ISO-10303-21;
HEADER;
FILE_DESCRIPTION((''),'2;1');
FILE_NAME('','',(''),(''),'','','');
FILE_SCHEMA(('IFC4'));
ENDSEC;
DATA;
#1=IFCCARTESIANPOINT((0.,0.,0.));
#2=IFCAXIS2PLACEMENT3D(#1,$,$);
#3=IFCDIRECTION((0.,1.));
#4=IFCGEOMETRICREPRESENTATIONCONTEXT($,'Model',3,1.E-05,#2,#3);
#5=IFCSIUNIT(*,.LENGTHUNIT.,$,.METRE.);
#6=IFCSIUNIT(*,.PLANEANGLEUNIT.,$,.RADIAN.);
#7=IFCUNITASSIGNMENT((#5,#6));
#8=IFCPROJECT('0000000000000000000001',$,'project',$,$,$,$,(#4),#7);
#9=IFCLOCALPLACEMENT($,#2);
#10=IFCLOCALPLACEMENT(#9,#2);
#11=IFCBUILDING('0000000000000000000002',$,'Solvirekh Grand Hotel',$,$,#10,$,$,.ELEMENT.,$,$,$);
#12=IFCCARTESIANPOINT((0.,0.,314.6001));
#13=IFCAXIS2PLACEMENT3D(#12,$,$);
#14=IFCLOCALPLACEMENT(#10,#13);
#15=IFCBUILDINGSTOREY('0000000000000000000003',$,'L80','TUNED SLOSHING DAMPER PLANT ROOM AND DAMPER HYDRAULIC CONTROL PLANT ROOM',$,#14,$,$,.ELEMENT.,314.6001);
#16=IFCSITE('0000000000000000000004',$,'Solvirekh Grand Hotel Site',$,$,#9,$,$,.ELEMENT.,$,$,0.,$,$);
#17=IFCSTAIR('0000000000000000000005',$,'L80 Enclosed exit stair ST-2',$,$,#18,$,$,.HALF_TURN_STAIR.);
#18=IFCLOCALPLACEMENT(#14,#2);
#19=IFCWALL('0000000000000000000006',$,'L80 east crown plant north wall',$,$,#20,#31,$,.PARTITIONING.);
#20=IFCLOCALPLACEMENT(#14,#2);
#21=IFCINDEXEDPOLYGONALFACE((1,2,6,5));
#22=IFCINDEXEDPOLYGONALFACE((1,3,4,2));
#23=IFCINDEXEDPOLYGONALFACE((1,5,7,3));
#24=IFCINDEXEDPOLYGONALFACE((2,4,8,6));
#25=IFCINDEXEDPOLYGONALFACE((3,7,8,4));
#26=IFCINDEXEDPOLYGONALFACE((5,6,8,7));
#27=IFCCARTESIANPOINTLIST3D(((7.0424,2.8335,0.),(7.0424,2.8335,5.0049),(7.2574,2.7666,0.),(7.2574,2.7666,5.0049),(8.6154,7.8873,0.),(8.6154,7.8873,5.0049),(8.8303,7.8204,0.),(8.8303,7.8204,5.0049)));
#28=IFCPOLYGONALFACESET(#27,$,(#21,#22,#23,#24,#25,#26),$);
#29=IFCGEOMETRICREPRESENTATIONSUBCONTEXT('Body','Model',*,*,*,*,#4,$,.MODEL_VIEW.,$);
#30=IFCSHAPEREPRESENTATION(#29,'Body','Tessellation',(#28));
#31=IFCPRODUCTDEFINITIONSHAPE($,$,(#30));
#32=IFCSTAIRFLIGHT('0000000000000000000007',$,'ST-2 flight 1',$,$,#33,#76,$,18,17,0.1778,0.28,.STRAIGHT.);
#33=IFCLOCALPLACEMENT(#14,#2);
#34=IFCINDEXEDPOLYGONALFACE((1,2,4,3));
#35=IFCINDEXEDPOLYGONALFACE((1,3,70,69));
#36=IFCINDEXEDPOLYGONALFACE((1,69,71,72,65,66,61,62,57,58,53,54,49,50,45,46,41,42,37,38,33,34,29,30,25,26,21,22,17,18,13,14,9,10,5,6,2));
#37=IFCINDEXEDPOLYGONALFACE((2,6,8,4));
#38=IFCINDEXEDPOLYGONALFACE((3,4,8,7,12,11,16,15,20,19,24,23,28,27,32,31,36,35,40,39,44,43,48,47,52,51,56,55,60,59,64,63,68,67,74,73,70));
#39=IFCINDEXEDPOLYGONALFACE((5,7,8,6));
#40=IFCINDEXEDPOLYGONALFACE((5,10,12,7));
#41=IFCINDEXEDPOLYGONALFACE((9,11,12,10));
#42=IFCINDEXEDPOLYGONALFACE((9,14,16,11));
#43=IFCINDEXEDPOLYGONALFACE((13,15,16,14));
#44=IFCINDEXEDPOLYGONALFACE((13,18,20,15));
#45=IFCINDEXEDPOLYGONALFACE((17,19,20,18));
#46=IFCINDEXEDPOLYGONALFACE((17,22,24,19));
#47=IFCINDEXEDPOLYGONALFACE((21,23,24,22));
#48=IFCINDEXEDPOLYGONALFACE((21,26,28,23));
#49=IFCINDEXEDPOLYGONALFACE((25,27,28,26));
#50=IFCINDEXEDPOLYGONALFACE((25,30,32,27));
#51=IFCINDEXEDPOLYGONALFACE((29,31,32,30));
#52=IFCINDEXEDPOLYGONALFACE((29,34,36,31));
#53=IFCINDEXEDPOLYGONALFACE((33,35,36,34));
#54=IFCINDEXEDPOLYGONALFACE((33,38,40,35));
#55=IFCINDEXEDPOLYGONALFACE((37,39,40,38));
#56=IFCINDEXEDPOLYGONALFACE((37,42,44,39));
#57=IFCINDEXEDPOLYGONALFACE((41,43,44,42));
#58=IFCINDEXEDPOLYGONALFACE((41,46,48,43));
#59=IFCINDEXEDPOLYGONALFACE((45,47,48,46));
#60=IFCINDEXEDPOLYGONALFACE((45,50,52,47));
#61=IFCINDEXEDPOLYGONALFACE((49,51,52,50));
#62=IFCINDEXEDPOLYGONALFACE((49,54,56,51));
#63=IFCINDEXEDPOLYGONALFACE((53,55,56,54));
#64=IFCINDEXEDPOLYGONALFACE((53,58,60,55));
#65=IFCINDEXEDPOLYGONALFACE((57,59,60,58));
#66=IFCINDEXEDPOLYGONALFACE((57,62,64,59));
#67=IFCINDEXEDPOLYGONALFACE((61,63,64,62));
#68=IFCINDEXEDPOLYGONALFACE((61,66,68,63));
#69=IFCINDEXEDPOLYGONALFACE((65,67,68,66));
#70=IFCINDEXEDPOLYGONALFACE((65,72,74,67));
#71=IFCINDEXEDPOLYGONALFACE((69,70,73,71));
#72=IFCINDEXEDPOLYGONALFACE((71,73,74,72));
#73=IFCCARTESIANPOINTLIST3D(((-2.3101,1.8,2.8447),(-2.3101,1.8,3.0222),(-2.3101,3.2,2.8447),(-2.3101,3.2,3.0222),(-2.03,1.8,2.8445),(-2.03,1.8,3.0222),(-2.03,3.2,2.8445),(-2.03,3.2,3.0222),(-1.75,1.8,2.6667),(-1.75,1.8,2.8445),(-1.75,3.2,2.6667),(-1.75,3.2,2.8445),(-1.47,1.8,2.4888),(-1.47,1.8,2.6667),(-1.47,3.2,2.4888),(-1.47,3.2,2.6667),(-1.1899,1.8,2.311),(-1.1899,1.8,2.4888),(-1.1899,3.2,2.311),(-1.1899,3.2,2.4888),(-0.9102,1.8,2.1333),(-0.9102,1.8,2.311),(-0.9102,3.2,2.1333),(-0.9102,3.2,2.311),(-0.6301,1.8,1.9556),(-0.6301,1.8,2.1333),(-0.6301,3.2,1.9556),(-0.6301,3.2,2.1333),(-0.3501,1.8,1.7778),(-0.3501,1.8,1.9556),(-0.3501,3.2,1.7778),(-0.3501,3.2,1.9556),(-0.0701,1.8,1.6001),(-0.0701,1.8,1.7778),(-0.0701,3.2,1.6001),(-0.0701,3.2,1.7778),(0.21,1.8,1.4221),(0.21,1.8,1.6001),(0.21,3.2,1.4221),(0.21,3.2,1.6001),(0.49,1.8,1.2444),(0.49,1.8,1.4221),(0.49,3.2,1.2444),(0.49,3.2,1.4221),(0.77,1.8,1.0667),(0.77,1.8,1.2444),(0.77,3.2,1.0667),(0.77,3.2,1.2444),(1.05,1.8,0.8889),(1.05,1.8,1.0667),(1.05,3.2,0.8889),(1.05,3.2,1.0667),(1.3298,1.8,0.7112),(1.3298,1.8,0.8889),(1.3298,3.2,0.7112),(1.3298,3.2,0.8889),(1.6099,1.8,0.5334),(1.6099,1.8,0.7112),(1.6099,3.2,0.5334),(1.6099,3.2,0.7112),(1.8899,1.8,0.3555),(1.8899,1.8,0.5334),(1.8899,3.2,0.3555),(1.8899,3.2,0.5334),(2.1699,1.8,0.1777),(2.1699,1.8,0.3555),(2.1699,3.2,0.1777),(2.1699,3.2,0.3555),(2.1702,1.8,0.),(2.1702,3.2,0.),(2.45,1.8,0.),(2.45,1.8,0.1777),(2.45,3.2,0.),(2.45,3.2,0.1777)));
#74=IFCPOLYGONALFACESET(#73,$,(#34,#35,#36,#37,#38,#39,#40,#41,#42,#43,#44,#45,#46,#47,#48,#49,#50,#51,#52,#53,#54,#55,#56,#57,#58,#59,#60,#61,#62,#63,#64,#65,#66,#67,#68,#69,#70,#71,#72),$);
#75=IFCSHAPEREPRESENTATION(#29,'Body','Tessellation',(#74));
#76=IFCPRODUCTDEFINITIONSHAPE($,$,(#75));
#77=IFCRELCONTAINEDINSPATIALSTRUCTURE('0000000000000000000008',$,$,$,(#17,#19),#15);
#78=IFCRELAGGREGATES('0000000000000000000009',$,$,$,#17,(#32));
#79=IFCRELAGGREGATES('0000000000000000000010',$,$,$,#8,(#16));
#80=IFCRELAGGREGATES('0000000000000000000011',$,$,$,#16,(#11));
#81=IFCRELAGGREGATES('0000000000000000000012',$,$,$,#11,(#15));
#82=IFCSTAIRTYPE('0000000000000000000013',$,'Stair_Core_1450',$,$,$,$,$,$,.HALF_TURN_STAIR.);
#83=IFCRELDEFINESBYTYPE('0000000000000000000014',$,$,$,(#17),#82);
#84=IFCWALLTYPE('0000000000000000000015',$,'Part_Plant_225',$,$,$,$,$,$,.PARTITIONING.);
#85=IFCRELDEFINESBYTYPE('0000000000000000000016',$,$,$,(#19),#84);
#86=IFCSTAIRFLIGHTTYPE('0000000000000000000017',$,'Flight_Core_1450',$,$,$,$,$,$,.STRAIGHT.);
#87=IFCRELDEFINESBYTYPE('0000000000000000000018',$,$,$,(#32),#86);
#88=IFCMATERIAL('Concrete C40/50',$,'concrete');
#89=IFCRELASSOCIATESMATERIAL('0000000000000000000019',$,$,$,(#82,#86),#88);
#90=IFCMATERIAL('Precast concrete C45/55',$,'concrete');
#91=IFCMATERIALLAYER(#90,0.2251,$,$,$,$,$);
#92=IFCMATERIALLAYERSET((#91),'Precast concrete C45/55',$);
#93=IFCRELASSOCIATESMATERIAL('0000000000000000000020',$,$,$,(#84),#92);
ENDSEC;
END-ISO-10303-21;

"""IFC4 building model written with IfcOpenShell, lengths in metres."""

from ifc_helpers import new_model, si_unit, direction, frame, frame_2d, origin, place, context, subcontext, project, spatial, polyline, rectangle, outline, extrude, material, layer, layer_set, type_object, element, aggregate, save


model = new_model("IFC4")

# Units and contexts
model_context = context("Model", 3, precision=1e-05, world=origin(), true_north=direction((0.0, 1.0)))
body_context = subcontext(model_context, "Body", "Model", "MODEL_VIEW")
ifc_project = project(units=[si_unit("LENGTHUNIT", "METRE"), si_unit("PLANEANGLEUNIT", "RADIAN")], contexts=[model_context])

# Site, building, storey
site_placement = place(None, origin())
site = spatial("IfcSite", under=ifc_project, at=site_placement, Name="Solvirekh Grand Hotel Site", CompositionType="ELEMENT", RefElevation=0.0)
building_placement = place(site_placement, origin())
building = spatial("IfcBuilding", under=site, at=building_placement, Name="Solvirekh Grand Hotel", CompositionType="ELEMENT")
storey_placement = place(building_placement, frame((0.0, 0.0, 314.6001)))
storey = spatial("IfcBuildingStorey", under=building, at=storey_placement, Name="L80", Description="TUNED SLOSHING DAMPER PLANT ROOM AND DAMPER HYDRAULIC CONTROL PLANT ROOM", CompositionType="ELEMENT", Elevation=314.6001)

# Stair
ifc_material_1 = material(Name="Concrete C40/50", Category="concrete")
stair_type = type_object("IfcStairType", Name="Stair_Core_1450", PredefinedType="HALF_TURN_STAIR", material=ifc_material_1)
stair_placement = place(storey_placement, origin())
stair = element("IfcStair", 1, at=stair_placement, inside=storey, type_object=stair_type, Name="L80 Enclosed exit stair ST-2", PredefinedType="HALF_TURN_STAIR")

# Wall
ifc_material_2 = material(Name="Precast concrete C45/55", Category="concrete")
ifc_layer_1 = layer(ifc_material_2, 0.2251)
ifc_layer_set_1 = layer_set([ifc_layer_1], Name="Precast concrete C45/55")
wall_type_1 = type_object("IfcWallType", Name="Part_Plant_225", PredefinedType="PARTITIONING", material=ifc_layer_set_1)
wall_1_placement = place(storey_placement, frame((7.1499, 2.8, 0.0), z_axis=(0.0, 0.0, 1.0), x_axis=(0.29718, 0.954822, 0.0)))
element("IfcWall", 2, at=wall_1_placement, inside=storey, type_object=wall_type_1, Name="L80 east crown plant north wall", PredefinedType="PARTITIONING", context=body_context, shape_type="SweptSolid", body=[
    extrude(rectangle(XDim=5.293, YDim=0.2251, at=frame_2d((2.6465, 0.0))), origin(), (0.0, 0.0, 1.0), 5.0049),
])

# Stair flight
stair_flight_type = type_object("IfcStairFlightType", Name="Flight_Core_1450", PredefinedType="STRAIGHT", material=ifc_material_1)
stair_flight_placement = place(storey_placement, frame((2.45, 2.5, 0.0), z_axis=(0.0, 0.0, 1.0), x_axis=(-1.0, 0.0, 0.0)))
stair_flight = element("IfcStairFlight", 3, at=stair_flight_placement, type_object=stair_flight_type, Name="ST-2 flight 1", NumberOfRisers=18, NumberOfTreads=17, PredefinedType="STRAIGHT", RiserHeight=0.1778, TreadLength=0.28, context=body_context, shape_type="SweptSolid", body=[
    extrude(outline(polyline([(0.0, 0.0), (0.0, 0.1777), (0.28, 0.1777), (0.28, 0.3555), (0.5601, 0.3555), (0.5601, 0.5334), (0.8401, 0.5334), (0.8401, 0.7112), (1.1201, 0.7112), (1.1201, 0.8889), (1.3999, 0.8889), (1.3999, 1.0667), (1.6799, 1.0667), (1.6799, 1.2444), (1.96, 1.2444), (1.96, 1.4221), (2.24, 1.4221), (2.24, 1.6001), (2.52, 1.6001), (2.52, 1.7778), (2.8, 1.7778), (2.8, 1.9556), (3.0801, 1.9556), (3.0801, 2.1333), (3.3601, 2.1333), (3.3601, 2.311), (3.6399, 2.311), (3.6399, 2.4888), (3.9199, 2.4888), (3.9199, 2.6667), (4.2, 2.6667), (4.2, 2.8445), (4.48, 2.8445), (4.48, 3.0222), (4.76, 3.0222), (4.76, 3.2), (4.76, 2.8447), (0.2798, 0.0), (0.0, 0.0)])), frame((0.0, 0.7, 0.0), z_axis=(0.0, -1.0, 0.0), x_axis=(1.0, 0.0, 0.0)), (0.0, 0.0, 1.0), 1.3999),
])
aggregate(stair, [stair_flight])

save(model, "model.ifc")
